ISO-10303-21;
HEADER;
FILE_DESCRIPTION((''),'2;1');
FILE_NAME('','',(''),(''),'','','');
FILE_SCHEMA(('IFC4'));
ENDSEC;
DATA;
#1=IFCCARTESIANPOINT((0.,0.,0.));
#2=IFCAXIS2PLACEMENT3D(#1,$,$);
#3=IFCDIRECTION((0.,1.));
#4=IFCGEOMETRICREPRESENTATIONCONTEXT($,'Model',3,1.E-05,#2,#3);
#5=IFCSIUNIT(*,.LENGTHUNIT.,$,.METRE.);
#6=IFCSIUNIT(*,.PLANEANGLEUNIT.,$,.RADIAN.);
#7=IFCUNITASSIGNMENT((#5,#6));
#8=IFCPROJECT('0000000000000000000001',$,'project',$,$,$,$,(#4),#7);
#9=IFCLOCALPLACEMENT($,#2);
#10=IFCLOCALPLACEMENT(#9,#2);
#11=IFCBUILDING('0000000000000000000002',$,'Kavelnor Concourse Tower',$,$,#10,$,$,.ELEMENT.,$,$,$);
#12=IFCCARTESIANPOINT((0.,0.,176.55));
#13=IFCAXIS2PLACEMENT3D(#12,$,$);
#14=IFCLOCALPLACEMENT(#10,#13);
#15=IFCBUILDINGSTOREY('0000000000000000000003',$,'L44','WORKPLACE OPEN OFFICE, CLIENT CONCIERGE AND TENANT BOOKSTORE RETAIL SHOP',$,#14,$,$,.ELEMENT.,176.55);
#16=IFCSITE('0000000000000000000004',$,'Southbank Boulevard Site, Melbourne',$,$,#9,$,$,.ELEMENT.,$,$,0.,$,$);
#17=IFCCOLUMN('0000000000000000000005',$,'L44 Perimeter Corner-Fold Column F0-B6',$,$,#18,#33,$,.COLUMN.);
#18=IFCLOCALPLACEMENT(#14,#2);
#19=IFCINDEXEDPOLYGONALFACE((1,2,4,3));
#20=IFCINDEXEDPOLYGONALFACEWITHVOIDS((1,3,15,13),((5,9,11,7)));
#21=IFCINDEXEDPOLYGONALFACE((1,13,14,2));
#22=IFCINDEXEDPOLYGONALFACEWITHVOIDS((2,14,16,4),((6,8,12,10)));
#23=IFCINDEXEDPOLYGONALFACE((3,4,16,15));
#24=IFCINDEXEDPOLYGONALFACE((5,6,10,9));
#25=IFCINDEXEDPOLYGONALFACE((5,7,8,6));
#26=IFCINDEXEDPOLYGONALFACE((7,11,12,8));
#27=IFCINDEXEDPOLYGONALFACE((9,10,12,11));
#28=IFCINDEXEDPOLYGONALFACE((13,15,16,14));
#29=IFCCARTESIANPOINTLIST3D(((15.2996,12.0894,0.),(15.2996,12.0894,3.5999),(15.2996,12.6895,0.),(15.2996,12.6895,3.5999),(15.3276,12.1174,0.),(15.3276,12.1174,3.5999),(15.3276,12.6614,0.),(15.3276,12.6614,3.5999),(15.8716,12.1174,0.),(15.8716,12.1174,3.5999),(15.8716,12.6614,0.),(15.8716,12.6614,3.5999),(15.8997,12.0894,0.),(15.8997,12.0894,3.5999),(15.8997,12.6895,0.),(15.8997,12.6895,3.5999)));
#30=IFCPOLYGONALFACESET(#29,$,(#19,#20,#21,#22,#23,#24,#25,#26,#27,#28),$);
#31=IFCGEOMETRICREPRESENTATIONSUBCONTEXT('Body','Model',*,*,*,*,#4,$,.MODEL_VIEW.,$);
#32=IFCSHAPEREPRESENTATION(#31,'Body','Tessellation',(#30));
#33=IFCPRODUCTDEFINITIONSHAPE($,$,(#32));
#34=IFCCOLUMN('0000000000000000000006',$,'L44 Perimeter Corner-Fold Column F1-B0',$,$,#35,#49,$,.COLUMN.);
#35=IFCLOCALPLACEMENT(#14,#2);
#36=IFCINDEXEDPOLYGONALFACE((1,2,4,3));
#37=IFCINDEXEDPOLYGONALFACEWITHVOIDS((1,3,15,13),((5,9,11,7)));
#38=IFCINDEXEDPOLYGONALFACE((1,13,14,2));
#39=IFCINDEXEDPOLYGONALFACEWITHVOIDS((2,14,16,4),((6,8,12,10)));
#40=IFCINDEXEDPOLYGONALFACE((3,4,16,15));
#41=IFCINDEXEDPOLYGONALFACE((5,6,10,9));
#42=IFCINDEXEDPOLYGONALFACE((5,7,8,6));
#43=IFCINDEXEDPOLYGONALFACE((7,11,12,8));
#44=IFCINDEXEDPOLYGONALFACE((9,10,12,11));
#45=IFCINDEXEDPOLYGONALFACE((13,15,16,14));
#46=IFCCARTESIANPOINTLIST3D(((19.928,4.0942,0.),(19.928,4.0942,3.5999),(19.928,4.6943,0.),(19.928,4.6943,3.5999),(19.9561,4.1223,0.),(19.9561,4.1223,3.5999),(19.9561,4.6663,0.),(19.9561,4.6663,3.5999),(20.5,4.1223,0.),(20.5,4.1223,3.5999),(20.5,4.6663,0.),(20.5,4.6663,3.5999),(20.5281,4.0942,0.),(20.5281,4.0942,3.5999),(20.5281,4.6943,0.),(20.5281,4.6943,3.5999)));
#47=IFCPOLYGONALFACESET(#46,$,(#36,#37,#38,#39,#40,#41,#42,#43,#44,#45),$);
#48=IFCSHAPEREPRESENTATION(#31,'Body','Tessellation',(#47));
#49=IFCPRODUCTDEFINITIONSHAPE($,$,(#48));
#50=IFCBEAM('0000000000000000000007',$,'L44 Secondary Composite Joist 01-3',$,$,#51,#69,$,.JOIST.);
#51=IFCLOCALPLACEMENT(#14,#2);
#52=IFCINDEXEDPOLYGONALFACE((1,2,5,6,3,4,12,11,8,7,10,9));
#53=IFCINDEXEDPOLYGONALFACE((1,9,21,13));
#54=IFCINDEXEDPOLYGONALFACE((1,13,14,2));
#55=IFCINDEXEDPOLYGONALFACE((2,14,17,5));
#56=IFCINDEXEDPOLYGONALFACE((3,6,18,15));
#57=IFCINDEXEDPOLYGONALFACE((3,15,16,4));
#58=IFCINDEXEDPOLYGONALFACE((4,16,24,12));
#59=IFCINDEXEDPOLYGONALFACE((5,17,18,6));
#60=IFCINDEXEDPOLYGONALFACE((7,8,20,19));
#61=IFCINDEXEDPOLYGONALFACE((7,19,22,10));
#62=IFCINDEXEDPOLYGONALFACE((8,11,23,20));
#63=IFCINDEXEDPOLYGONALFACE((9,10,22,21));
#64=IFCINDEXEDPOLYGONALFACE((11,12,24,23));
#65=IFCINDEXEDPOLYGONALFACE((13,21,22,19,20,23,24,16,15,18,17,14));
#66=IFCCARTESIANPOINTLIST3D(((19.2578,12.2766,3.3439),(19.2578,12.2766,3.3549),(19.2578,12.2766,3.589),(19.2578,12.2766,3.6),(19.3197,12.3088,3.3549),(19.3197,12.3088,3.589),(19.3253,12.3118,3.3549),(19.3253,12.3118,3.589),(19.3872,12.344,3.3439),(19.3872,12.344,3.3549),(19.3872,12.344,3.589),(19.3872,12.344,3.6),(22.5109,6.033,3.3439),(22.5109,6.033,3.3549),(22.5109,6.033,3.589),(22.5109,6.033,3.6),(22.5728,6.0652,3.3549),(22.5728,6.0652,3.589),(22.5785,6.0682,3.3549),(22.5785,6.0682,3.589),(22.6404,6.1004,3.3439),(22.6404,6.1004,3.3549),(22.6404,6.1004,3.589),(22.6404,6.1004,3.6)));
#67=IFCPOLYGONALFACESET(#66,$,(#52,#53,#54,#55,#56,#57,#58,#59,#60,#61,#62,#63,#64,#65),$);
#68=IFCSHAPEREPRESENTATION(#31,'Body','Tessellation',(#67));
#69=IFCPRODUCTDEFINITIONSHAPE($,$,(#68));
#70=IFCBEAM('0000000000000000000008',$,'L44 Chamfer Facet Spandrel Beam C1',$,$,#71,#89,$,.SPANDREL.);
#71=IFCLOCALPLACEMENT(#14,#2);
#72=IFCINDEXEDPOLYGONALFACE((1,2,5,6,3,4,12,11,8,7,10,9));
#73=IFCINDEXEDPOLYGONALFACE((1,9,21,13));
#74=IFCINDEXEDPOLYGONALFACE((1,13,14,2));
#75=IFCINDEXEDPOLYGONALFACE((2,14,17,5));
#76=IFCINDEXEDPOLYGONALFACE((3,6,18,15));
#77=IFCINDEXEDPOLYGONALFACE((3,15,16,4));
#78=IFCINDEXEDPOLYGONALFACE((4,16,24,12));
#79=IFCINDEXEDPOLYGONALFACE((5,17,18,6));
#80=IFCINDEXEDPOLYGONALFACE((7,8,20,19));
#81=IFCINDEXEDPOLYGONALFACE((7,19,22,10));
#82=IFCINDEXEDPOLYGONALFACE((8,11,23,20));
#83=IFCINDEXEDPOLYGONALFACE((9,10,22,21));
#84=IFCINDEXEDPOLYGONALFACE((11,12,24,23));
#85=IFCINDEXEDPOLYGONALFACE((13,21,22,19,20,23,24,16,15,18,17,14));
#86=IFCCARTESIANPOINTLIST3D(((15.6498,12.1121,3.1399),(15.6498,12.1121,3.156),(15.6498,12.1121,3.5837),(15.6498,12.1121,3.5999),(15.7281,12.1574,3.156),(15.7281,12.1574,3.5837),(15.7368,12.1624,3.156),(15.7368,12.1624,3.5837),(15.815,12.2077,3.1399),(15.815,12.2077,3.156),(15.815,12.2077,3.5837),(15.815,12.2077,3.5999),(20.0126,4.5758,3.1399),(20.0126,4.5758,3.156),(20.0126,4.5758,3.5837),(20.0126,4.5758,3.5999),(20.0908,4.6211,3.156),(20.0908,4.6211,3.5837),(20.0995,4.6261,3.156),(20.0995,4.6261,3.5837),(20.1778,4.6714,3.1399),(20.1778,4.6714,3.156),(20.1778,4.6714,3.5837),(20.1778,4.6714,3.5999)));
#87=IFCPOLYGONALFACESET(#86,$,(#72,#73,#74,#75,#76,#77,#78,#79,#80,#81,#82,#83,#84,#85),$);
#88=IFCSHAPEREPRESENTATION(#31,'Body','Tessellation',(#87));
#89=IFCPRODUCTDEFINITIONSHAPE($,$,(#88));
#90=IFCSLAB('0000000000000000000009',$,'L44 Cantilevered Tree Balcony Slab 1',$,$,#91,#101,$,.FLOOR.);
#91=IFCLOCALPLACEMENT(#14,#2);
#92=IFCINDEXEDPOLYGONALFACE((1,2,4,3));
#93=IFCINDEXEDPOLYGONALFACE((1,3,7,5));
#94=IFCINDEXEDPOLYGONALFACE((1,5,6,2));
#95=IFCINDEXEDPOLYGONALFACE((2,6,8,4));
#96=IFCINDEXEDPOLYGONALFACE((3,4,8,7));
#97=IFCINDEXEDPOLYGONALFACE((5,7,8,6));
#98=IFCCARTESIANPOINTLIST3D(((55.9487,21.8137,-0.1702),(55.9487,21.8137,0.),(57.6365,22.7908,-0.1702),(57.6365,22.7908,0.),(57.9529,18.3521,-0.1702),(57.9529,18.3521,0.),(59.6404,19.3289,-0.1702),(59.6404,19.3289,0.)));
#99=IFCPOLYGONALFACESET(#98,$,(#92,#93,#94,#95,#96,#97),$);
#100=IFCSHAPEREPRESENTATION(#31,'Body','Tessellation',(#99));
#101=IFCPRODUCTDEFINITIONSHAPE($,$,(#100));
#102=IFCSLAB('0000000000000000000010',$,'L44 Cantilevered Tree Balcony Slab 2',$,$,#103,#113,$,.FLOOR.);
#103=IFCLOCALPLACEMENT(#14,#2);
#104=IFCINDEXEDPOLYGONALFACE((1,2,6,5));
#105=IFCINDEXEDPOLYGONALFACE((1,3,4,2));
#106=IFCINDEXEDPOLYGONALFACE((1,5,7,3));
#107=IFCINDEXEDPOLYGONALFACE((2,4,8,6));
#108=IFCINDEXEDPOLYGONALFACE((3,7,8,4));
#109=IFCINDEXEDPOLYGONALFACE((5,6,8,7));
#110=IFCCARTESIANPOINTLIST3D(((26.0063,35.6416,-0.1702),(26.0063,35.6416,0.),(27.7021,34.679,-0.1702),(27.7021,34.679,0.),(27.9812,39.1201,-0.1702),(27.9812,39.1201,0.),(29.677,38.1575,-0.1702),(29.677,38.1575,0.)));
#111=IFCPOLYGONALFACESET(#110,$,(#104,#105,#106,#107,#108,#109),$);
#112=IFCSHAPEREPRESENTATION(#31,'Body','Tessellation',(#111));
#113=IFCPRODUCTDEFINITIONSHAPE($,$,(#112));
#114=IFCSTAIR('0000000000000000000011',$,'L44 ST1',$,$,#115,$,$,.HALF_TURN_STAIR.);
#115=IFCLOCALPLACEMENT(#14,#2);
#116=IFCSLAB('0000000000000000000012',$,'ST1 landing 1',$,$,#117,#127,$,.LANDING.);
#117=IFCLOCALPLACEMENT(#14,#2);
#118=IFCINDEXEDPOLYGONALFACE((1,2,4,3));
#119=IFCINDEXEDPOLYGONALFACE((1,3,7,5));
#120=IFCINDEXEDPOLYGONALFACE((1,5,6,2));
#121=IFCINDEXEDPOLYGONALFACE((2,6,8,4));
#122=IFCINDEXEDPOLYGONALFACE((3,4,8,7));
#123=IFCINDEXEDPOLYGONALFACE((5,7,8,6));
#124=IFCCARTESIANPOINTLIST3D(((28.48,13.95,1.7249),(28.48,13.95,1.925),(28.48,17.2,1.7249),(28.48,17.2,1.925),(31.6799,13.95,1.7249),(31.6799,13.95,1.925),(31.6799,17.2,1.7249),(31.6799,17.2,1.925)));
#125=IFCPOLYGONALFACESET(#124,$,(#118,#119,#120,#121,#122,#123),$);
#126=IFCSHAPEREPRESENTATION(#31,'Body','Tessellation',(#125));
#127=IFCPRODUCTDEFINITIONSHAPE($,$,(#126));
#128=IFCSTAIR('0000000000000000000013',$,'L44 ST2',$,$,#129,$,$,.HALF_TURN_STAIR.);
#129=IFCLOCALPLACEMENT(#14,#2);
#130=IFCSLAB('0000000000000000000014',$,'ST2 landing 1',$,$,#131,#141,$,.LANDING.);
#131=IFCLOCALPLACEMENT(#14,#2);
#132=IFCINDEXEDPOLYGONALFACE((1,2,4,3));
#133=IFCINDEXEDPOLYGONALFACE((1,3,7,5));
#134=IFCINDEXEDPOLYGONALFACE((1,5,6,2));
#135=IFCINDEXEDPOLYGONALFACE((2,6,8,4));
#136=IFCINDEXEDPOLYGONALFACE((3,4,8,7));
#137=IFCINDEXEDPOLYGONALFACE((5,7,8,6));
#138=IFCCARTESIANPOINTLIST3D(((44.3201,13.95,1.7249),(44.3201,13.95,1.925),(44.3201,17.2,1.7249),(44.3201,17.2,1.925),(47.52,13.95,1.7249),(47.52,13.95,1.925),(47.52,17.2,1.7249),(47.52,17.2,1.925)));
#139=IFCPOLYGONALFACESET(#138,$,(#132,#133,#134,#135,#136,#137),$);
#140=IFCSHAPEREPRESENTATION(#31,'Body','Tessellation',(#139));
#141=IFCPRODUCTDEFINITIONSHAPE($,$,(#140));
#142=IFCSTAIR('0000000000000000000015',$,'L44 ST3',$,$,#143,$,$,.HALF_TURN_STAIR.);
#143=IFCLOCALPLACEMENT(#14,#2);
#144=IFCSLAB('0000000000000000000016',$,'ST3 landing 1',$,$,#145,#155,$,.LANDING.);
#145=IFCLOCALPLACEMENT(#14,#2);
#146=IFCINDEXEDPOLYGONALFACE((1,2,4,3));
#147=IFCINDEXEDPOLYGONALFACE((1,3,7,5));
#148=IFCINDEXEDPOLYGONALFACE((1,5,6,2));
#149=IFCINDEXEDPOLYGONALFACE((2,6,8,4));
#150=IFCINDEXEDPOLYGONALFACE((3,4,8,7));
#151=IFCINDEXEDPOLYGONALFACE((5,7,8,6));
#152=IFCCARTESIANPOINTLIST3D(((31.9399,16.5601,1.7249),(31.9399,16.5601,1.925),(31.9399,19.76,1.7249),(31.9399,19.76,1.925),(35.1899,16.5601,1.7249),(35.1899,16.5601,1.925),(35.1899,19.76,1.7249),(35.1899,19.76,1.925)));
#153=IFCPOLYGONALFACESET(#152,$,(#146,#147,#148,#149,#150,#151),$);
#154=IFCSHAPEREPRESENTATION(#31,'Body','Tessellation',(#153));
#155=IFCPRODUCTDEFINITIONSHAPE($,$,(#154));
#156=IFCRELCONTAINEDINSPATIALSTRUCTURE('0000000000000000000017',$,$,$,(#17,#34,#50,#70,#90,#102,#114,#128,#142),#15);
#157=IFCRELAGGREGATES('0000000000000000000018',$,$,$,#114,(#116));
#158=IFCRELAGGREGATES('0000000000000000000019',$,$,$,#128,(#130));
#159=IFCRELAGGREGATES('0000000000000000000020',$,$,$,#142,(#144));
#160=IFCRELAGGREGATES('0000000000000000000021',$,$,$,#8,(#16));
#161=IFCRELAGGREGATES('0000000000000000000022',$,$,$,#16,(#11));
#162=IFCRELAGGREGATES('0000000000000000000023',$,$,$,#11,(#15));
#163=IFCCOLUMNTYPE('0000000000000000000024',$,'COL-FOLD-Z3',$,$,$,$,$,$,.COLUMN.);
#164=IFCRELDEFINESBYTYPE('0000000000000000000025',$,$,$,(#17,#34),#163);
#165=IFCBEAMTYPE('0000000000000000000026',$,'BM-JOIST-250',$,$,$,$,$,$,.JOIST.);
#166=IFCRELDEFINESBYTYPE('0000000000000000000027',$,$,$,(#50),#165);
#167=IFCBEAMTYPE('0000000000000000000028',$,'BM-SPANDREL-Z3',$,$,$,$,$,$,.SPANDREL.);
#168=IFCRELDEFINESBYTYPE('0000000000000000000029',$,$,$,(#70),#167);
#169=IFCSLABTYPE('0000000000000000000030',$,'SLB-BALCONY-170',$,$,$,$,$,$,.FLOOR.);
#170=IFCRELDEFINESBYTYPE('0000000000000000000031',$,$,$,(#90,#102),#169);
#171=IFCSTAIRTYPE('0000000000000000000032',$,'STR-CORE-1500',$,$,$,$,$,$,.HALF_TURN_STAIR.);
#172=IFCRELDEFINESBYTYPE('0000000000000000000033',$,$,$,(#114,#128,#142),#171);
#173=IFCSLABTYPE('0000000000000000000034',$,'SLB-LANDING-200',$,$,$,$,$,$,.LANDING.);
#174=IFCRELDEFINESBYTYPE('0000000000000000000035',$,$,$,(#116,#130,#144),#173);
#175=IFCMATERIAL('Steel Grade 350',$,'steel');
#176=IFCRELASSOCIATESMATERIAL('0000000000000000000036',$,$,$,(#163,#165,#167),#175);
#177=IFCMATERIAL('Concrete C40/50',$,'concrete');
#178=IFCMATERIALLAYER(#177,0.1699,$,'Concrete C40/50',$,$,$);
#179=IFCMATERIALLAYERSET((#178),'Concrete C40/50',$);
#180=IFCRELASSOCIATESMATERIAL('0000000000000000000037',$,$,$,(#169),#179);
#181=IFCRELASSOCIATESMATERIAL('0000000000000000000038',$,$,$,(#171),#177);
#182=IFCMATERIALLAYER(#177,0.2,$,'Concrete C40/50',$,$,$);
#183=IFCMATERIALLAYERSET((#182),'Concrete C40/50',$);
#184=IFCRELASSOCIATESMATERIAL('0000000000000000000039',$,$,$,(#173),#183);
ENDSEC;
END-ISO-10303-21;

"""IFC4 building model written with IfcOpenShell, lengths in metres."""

from ifc_helpers import new_model, si_unit, direction, frame, origin, origin_2d, place, context, subcontext, project, spatial, polyline, hollow_rectangle, i_section, outline, extrude, material, layer, layer_set, material_profile, profile_set, type_object, element, aggregate, save


model = new_model("IFC4")

# Units and contexts
model_context = context("Model", 3, precision=1e-05, world=origin(), true_north=direction((0.0, 1.0)))
body_context = subcontext(model_context, "Body", "Model", "MODEL_VIEW")
ifc_project = project(units=[si_unit("LENGTHUNIT", "METRE"), si_unit("PLANEANGLEUNIT", "RADIAN")], contexts=[model_context])

# Site, building, storey
site_placement = place(None, origin())
site = spatial("IfcSite", under=ifc_project, at=site_placement, Name="Southbank Boulevard Site, Melbourne", CompositionType="ELEMENT", RefElevation=0.0)
building_placement = place(site_placement, origin())
building = spatial("IfcBuilding", under=site, at=building_placement, Name="Kavelnor Concourse Tower", CompositionType="ELEMENT")
storey_placement = place(building_placement, frame((0.0, 0.0, 176.55)))
storey = spatial("IfcBuildingStorey", under=building, at=storey_placement, Name="L44", Description="WORKPLACE OPEN OFFICE, CLIENT CONCIERGE AND TENANT BOOKSTORE RETAIL SHOP", CompositionType="ELEMENT", Elevation=176.55)

# Columns
ifc_material_1 = material(Name="Steel Grade 350", Category="steel")
ifc_material_profile_1 = material_profile(ifc_material_1, hollow_rectangle(XDim=0.6001, YDim=0.6001, WallThickness=0.0281, at=origin_2d()), Name="SHS 600x600x28")
ifc_profile_set_1 = profile_set([ifc_material_profile_1], Name="Steel Grade 350")
column_type = type_object("IfcColumnType", Name="COL-FOLD-Z3", PredefinedType="COLUMN", material=ifc_profile_set_1)
for number, where, z_axis, x_axis, name in (
    (1, (15.5996, 12.3894, 0.0), (0.0, 0.0, 1.0), (1.0, 0.0, 0.0), "L44 Perimeter Corner-Fold Column F0-B6"),
    (2, (20.228, 4.3943, 0.0), (0.0, 0.0, 1.0), (1.0, 0.0, 0.0), "L44 Perimeter Corner-Fold Column F1-B0"),
):
    element("IfcColumn", number, at=place(storey_placement, frame(where, z_axis=z_axis, x_axis=x_axis)), inside=storey, type_object=column_type, Name=name, PredefinedType="COLUMN", context=body_context, shape_type="SweptSolid", body=[
        extrude(hollow_rectangle(XDim=0.6001, YDim=0.6001, WallThickness=0.0281, at=origin_2d()), origin(), (0.0, 0.0, 1.0), 3.5999),
    ])

# Beams
ifc_material_profile_2 = material_profile(ifc_material_1, i_section(OverallWidth=0.146, OverallDepth=0.2561, WebThickness=0.0063, FlangeThickness=0.011, at=origin_2d()), Name="250UB37")
ifc_profile_set_2 = profile_set([ifc_material_profile_2], Name="Steel Grade 350")
beam_type_1 = type_object("IfcBeamType", Name="BM-JOIST-250", PredefinedType="JOIST", material=ifc_profile_set_2)
beam_1_placement = place(storey_placement, frame((19.3225, 12.3103, 3.4719), z_axis=(0.462076, -0.88684, 0.0), x_axis=(0.88684, 0.462076, 0.0)))
element("IfcBeam", 3, at=beam_1_placement, inside=storey, type_object=beam_type_1, Name="L44 Secondary Composite Joist 01-3", PredefinedType="JOIST", context=body_context, shape_type="SweptSolid", body=[
    extrude(i_section(OverallWidth=0.146, OverallDepth=0.2561, WebThickness=0.0063, FlangeThickness=0.011, at=origin_2d()), origin(), (0.0, 0.0, 1.0), 7.0403),
])
ifc_material_profile_3 = material_profile(ifc_material_1, i_section(OverallWidth=0.1909, OverallDepth=0.46, WebThickness=0.01, FlangeThickness=0.0161, at=origin_2d()), Name="460UB82")
ifc_profile_set_3 = profile_set([ifc_material_profile_3], Name="Steel Grade 350")
beam_type_2 = type_object("IfcBeamType", Name="BM-SPANDREL-Z3", PredefinedType="SPANDREL", material=ifc_profile_set_3)
beam_2_placement = place(storey_placement, frame((15.7324, 12.1599, 3.3699), z_axis=(0.501004, -0.865445, 0.0), x_axis=(0.865445, 0.501004, 0.0)))
element("IfcBeam", 4, at=beam_2_placement, inside=storey, type_object=beam_type_2, Name="L44 Chamfer Facet Spandrel Beam C1", PredefinedType="SPANDREL", context=body_context, shape_type="SweptSolid", body=[
    extrude(i_section(OverallWidth=0.1909, OverallDepth=0.46, WebThickness=0.01, FlangeThickness=0.0161, at=origin_2d()), origin(), (0.0, 0.0, 1.0), 8.708),
])

# Slabs
ifc_material_2 = material(Name="Concrete C40/50", Category="concrete")
ifc_layer_1 = layer(ifc_material_2, 0.1699, Name="Concrete C40/50")
ifc_layer_set_1 = layer_set([ifc_layer_1], Name="Concrete C40/50")
slab_type_1 = type_object("IfcSlabType", Name="SLB-BALCONY-170", PredefinedType="FLOOR", material=ifc_layer_set_1)
slab_1_placement = place(storey_placement, frame((0.0, 0.0, -0.1702)))
element("IfcSlab", 5, at=slab_1_placement, inside=storey, type_object=slab_type_1, Name="L44 Cantilevered Tree Balcony Slab 1", PredefinedType="FLOOR", context=body_context, shape_type="SweptSolid", body=[
    extrude(outline(polyline([(57.6365, 22.7908), (59.6404, 19.3289), (57.9529, 18.3521), (55.9487, 21.8137), (57.6365, 22.7908)])), origin(), (0.0, 0.0, 1.0), 0.1702),
])
slab_2_placement = place(storey_placement, frame((0.0, 0.0, -0.1702)))
element("IfcSlab", 6, at=slab_2_placement, inside=storey, type_object=slab_type_1, Name="L44 Cantilevered Tree Balcony Slab 2", PredefinedType="FLOOR", context=body_context, shape_type="SweptSolid", body=[
    extrude(outline(polyline([(26.0063, 35.6416), (27.9812, 39.1201), (29.677, 38.1575), (27.7021, 34.679), (26.0063, 35.6416)])), origin(), (0.0, 0.0, 1.0), 0.1702),
])

# Stairs, slabs
stair_type = type_object("IfcStairType", Name="STR-CORE-1500", PredefinedType="HALF_TURN_STAIR", material=ifc_material_2)
stair_1_placement = place(storey_placement, origin())
stair_1 = element("IfcStair", 7, at=stair_1_placement, inside=storey, type_object=stair_type, Name="L44 ST1", PredefinedType="HALF_TURN_STAIR")
ifc_layer_2 = layer(ifc_material_2, 0.2, Name="Concrete C40/50")
ifc_layer_set_2 = layer_set([ifc_layer_2], Name="Concrete C40/50")
slab_type_2 = type_object("IfcSlabType", Name="SLB-LANDING-200", PredefinedType="LANDING", material=ifc_layer_set_2)
slab_3_placement = place(storey_placement, frame((0.0, 0.0, 1.7249)))
slab_3 = element("IfcSlab", 8, at=slab_3_placement, type_object=slab_type_2, Name="ST1 landing 1", PredefinedType="LANDING", context=body_context, shape_type="SweptSolid", body=[
    extrude(outline(polyline([(31.6799, 13.95), (31.6799, 17.2), (28.48, 17.2), (28.48, 13.95), (31.6799, 13.95)])), origin(), (0.0, 0.0, 1.0), 0.2002),
])
aggregate(stair_1, [slab_3])
stair_2_placement = place(storey_placement, origin())
stair_2 = element("IfcStair", 9, at=stair_2_placement, inside=storey, type_object=stair_type, Name="L44 ST2", PredefinedType="HALF_TURN_STAIR")
slab_4_placement = place(storey_placement, frame((0.0, 0.0, 1.7249)))
slab_4 = element("IfcSlab", 10, at=slab_4_placement, type_object=slab_type_2, Name="ST2 landing 1", PredefinedType="LANDING", context=body_context, shape_type="SweptSolid", body=[
    extrude(outline(polyline([(47.52, 13.95), (47.52, 17.2), (44.3201, 17.2), (44.3201, 13.95), (47.52, 13.95)])), origin(), (0.0, 0.0, 1.0), 0.2002),
])
aggregate(stair_2, [slab_4])
stair_3_placement = place(storey_placement, origin())
stair_3 = element("IfcStair", 11, at=stair_3_placement, inside=storey, type_object=stair_type, Name="L44 ST3", PredefinedType="HALF_TURN_STAIR")
slab_5_placement = place(storey_placement, frame((0.0, 0.0, 1.7249)))
slab_5 = element("IfcSlab", 12, at=slab_5_placement, type_object=slab_type_2, Name="ST3 landing 1", PredefinedType="LANDING", context=body_context, shape_type="SweptSolid", body=[
    extrude(outline(polyline([(35.1899, 19.76), (31.9399, 19.76), (31.9399, 16.5601), (35.1899, 16.5601), (35.1899, 19.76)])), origin(), (0.0, 0.0, 1.0), 0.2002),
])
aggregate(stair_3, [slab_5])

save(model, "model.ifc")
